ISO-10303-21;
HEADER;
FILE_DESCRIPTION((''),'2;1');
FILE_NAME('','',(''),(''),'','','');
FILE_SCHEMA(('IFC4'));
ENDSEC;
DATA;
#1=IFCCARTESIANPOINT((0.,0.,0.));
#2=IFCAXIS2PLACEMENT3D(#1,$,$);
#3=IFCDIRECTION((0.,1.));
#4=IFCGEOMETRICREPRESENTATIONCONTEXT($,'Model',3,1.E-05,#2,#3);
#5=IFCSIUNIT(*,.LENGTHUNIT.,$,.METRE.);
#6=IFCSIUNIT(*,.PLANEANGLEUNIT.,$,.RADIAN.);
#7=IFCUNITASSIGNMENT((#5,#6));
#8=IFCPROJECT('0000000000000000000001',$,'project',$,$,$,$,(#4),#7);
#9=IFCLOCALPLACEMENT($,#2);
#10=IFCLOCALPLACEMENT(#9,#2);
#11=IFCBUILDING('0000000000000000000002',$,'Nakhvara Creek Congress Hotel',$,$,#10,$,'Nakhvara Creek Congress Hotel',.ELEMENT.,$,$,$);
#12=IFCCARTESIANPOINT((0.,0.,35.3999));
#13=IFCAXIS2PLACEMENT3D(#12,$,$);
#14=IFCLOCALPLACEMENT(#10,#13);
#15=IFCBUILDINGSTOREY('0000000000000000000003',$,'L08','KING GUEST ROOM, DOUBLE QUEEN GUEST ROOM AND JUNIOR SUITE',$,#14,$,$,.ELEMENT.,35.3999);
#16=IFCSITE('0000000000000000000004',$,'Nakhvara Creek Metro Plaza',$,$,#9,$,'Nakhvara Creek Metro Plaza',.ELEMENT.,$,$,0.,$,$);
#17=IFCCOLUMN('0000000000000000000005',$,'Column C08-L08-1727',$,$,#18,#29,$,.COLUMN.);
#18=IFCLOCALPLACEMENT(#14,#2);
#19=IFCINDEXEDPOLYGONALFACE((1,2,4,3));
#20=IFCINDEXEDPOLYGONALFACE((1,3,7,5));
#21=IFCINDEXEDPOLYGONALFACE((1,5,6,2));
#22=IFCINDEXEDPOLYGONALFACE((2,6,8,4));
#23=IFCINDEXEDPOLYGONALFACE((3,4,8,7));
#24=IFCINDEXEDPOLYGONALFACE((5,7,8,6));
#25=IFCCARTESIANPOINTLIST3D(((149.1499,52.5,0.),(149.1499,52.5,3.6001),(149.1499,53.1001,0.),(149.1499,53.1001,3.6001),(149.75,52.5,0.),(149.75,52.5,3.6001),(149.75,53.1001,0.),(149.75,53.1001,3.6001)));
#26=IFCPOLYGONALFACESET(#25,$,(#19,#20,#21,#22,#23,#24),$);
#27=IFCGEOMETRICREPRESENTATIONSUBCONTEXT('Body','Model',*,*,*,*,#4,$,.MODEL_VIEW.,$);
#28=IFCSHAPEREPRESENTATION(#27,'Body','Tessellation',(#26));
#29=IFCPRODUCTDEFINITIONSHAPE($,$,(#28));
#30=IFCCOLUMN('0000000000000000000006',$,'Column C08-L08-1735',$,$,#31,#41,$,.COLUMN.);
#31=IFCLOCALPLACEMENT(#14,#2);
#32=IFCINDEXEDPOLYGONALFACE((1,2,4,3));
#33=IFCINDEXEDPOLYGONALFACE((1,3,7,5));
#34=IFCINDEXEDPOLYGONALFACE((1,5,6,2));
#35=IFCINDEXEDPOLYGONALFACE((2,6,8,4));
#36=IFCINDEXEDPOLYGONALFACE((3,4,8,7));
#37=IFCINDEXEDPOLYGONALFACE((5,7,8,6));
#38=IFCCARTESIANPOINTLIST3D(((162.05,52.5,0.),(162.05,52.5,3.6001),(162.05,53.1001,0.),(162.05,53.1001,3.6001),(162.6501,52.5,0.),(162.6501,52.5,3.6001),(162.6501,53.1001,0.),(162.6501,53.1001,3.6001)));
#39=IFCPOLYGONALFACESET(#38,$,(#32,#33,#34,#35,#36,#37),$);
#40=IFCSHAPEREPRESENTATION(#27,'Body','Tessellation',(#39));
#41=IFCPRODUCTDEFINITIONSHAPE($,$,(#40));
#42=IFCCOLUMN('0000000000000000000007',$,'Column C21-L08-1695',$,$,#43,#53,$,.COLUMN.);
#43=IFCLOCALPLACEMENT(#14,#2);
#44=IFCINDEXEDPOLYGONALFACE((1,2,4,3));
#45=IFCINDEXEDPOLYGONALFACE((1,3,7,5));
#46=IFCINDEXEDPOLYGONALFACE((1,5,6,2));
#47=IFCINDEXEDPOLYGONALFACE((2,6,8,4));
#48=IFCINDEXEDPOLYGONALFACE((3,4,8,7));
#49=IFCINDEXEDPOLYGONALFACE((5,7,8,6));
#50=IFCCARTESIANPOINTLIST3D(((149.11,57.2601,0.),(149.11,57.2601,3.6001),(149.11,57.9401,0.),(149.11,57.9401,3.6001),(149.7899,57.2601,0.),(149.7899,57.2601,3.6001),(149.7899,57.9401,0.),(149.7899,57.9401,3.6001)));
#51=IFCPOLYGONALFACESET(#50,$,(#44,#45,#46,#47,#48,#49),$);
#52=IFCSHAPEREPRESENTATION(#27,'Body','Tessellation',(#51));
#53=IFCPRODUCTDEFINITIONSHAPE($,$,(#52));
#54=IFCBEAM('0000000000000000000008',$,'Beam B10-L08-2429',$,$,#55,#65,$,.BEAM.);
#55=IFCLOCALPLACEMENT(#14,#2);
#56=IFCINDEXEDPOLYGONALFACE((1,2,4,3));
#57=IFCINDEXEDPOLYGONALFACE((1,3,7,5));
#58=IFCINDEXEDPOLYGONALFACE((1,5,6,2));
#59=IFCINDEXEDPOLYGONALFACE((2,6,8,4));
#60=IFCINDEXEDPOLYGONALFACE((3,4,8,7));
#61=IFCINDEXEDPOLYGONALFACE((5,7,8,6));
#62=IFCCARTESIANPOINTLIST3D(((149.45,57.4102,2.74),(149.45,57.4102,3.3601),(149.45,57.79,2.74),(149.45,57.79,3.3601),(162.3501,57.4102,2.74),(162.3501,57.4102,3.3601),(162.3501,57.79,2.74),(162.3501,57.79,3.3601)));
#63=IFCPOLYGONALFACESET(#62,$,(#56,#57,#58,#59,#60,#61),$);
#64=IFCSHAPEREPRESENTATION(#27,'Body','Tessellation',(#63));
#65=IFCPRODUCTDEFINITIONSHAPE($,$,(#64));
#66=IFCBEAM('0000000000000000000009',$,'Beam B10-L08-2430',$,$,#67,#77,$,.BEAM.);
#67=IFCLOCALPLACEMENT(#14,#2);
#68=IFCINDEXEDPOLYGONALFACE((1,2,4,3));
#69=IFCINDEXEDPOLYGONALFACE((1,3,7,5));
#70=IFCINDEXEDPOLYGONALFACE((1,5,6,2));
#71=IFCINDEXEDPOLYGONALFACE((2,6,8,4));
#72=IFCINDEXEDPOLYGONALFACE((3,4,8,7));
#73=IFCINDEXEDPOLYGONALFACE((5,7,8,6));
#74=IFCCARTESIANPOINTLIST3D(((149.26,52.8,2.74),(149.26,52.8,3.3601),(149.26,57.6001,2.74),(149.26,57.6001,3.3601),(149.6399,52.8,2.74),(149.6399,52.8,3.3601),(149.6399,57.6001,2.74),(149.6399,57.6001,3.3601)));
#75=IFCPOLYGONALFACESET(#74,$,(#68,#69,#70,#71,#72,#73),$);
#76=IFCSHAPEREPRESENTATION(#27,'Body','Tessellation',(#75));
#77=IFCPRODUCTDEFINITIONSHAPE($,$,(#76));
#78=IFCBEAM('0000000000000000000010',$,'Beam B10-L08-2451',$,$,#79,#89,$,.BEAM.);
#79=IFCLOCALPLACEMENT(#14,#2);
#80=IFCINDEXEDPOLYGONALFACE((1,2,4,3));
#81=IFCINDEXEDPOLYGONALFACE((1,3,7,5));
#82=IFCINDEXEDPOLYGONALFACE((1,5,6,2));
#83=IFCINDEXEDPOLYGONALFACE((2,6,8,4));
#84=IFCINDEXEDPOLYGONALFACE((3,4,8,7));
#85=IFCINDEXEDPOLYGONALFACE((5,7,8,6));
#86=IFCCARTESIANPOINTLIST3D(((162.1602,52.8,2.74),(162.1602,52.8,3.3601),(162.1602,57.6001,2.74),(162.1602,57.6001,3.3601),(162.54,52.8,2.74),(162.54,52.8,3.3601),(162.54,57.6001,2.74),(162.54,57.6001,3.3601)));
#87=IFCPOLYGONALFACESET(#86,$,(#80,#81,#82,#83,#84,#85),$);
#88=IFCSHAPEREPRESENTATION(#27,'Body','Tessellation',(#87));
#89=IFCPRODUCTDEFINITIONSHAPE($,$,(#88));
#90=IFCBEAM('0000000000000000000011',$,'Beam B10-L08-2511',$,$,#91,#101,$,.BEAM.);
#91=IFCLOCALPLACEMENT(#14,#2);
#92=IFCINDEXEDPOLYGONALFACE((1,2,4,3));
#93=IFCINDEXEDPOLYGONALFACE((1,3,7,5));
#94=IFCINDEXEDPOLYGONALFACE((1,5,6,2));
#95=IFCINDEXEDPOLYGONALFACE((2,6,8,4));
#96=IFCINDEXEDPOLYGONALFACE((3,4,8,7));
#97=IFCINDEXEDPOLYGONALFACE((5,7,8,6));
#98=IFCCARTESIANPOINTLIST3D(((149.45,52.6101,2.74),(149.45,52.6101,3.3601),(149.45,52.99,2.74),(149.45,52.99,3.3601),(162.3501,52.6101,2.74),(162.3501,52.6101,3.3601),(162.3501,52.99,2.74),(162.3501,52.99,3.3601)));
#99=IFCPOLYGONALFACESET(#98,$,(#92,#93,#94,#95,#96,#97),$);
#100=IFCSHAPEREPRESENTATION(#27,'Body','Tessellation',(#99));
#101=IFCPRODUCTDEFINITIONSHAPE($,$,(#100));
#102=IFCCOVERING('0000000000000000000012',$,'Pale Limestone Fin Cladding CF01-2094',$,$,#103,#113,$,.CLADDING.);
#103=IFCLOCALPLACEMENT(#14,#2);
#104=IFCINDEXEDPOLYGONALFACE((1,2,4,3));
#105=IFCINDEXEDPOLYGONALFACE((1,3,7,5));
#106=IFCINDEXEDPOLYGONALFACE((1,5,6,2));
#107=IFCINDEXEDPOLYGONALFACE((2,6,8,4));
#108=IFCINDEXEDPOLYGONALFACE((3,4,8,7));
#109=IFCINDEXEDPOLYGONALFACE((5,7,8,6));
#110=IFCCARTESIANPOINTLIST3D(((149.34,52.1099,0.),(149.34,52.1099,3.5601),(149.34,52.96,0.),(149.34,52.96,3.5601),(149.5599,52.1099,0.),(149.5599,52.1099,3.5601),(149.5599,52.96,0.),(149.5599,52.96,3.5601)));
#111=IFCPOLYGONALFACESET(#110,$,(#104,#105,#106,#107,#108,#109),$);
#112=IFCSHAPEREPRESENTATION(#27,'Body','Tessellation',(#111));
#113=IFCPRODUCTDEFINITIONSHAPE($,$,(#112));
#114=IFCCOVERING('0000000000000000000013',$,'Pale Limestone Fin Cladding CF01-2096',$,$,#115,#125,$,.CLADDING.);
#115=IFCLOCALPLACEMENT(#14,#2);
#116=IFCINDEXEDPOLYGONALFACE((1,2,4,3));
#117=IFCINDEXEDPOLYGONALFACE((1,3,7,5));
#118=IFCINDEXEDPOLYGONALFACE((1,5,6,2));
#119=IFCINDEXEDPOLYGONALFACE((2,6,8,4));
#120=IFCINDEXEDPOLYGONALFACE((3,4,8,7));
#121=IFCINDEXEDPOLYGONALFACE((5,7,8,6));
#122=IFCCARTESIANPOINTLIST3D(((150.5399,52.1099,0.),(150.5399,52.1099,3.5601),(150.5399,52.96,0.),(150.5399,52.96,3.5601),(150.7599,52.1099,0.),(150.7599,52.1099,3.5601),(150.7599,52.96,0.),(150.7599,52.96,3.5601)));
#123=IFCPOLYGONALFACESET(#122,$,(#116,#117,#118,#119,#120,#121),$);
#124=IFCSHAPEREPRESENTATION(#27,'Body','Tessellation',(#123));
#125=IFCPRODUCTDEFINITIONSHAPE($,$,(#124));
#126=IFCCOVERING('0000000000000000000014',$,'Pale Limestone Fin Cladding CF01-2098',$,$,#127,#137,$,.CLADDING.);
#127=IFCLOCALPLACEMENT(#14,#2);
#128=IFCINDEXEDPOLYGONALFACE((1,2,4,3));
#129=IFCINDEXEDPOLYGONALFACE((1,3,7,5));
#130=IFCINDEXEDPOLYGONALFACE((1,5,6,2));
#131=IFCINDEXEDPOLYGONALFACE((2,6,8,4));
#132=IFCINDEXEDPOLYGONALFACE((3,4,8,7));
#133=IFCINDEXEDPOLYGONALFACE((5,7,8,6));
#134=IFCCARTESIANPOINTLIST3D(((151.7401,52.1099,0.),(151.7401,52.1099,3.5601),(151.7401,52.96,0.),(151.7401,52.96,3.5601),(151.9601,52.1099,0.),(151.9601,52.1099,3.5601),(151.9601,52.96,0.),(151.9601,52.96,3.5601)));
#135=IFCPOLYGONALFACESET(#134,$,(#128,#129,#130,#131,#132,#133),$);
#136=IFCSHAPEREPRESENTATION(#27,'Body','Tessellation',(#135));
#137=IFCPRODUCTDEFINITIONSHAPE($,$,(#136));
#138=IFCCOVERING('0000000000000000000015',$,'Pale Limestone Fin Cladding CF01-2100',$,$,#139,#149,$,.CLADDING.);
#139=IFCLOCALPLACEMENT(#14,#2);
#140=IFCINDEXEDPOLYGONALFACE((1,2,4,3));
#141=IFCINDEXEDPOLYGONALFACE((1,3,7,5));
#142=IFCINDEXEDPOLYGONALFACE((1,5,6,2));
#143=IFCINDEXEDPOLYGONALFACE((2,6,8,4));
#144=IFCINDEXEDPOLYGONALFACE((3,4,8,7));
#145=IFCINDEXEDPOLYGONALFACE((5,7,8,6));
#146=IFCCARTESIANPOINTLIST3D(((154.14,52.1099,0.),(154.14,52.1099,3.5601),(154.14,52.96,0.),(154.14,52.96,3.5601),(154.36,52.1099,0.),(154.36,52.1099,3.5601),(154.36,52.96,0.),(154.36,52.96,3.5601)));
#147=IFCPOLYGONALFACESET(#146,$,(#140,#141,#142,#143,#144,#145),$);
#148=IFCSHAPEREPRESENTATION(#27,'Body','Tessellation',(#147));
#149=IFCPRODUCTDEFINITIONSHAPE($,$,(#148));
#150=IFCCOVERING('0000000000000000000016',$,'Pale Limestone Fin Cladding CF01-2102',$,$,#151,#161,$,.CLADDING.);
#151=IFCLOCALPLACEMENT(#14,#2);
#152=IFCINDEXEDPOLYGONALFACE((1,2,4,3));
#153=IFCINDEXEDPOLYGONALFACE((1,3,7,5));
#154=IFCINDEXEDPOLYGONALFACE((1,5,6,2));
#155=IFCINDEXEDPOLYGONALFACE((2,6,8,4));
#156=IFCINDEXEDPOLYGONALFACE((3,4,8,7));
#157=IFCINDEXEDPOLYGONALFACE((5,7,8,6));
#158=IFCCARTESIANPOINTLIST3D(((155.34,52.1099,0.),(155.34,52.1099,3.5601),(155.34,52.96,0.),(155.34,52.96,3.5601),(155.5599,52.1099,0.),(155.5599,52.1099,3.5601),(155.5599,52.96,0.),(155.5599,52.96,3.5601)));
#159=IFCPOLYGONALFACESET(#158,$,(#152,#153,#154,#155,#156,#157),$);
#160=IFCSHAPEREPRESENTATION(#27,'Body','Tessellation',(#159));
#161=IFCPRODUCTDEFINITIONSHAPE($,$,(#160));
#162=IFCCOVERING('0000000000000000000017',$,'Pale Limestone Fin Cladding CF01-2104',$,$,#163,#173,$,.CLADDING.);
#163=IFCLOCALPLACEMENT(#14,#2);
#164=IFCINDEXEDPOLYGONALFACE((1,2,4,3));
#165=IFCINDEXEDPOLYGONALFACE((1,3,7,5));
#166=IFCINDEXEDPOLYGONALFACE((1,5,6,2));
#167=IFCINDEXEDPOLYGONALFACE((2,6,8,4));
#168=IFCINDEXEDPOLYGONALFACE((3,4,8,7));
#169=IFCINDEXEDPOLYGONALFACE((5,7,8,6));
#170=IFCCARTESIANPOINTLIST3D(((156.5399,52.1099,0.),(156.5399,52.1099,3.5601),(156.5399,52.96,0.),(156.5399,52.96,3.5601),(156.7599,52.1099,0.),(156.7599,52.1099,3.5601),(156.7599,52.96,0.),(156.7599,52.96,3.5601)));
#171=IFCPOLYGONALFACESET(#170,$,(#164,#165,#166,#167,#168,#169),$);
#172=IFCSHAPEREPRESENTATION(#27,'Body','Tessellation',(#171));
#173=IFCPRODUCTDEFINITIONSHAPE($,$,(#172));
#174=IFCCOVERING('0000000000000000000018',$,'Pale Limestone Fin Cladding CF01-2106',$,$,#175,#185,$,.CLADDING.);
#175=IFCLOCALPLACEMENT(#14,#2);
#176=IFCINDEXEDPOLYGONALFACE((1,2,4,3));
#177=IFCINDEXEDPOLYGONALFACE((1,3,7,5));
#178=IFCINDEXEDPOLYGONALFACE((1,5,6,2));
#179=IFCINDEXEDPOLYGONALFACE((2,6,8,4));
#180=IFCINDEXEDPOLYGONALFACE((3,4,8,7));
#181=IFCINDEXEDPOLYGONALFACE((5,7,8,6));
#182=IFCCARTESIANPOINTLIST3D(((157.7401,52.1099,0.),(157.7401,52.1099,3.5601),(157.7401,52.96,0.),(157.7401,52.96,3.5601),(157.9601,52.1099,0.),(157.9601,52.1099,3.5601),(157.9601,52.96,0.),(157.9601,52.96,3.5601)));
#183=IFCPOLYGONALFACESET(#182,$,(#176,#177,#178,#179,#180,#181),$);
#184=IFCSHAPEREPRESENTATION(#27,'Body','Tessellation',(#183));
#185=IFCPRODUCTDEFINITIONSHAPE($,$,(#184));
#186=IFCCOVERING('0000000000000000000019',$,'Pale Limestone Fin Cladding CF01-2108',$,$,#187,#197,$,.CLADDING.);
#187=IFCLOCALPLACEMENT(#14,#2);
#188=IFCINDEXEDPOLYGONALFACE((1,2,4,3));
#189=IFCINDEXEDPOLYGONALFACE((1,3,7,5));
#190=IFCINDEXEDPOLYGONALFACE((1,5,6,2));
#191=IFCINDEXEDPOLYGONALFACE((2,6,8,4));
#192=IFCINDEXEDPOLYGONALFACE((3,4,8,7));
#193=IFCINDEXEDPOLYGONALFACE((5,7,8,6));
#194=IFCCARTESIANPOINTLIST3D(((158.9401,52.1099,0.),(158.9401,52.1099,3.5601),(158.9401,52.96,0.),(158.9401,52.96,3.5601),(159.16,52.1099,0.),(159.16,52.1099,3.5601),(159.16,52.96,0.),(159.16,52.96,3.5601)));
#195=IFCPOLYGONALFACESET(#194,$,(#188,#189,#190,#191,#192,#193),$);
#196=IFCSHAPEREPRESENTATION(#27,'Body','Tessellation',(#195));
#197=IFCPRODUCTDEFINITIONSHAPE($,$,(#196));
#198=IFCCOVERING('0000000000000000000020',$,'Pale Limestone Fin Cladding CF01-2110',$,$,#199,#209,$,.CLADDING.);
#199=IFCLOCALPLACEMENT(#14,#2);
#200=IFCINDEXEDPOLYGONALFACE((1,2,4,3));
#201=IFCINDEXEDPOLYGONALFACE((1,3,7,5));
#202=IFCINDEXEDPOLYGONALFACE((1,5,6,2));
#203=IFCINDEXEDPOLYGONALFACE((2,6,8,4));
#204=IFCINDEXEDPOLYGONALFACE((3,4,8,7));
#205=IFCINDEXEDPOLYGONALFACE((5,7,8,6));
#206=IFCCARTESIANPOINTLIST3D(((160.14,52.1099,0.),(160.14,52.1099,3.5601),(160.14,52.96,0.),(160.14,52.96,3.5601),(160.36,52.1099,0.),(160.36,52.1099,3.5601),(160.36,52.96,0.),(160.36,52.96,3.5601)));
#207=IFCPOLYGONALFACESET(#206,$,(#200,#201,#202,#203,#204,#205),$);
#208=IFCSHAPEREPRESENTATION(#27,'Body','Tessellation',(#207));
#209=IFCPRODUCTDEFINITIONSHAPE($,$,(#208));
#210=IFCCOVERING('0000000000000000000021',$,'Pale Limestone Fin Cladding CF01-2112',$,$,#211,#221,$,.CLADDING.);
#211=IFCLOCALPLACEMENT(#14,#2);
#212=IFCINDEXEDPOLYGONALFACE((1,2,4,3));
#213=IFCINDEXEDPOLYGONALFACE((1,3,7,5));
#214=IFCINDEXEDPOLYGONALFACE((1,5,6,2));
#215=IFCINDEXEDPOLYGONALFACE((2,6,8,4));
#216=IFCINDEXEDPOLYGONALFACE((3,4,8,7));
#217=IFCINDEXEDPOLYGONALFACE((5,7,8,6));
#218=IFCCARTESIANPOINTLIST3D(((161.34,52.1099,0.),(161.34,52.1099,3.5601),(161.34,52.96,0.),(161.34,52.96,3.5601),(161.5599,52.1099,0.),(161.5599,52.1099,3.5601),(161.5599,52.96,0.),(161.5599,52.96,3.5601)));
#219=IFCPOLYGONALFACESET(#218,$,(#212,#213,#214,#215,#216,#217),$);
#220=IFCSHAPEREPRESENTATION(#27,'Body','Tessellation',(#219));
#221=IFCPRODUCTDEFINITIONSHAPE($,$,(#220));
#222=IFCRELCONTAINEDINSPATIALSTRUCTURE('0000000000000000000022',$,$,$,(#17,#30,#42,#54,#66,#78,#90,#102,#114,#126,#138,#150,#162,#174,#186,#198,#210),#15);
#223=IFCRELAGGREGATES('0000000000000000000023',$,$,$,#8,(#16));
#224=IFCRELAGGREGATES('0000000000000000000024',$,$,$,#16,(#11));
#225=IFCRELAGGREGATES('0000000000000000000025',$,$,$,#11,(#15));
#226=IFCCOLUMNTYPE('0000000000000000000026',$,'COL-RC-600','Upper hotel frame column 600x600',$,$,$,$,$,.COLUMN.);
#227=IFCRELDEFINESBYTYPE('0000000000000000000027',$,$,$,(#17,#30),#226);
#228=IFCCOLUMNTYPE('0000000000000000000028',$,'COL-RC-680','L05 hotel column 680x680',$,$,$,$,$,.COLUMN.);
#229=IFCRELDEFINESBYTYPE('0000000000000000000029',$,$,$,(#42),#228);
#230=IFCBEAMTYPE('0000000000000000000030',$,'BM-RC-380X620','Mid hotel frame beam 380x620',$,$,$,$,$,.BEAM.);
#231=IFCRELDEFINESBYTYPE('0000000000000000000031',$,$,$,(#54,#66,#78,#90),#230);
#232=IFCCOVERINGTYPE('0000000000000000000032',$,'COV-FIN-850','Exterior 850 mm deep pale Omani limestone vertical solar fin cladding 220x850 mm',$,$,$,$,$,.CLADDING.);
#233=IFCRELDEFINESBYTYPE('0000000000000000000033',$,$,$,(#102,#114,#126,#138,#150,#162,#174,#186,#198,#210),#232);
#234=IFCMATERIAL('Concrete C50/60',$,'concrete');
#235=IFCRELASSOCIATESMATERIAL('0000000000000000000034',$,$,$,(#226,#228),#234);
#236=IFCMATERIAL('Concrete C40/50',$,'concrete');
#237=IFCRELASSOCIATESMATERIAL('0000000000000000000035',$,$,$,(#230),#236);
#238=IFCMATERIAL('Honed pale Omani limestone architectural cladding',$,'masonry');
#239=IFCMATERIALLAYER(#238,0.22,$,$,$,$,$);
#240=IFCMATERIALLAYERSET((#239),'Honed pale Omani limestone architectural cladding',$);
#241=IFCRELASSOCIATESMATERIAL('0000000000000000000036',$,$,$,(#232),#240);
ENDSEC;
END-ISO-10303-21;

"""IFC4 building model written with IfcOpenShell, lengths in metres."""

from ifc_helpers import new_model, si_unit, direction, frame, origin, origin_2d, place, context, subcontext, project, spatial, rectangle, extrude, material, layer, layer_set, material_profile, profile_set, type_object, element, save


model = new_model("IFC4")

# Units and contexts
model_context = context("Model", 3, precision=1e-05, world=origin(), true_north=direction((0.0, 1.0)))
body_context = subcontext(model_context, "Body", "Model", "MODEL_VIEW")
ifc_project = project(units=[si_unit("LENGTHUNIT", "METRE"), si_unit("PLANEANGLEUNIT", "RADIAN")], contexts=[model_context])

# Site, building, storey
site_placement = place(None, origin())
site = spatial("IfcSite", under=ifc_project, at=site_placement, Name="Nakhvara Creek Metro Plaza", LongName="Nakhvara Creek Metro Plaza", CompositionType="ELEMENT", RefElevation=0.0)
building_placement = place(site_placement, origin())
building = spatial("IfcBuilding", under=site, at=building_placement, Name="Nakhvara Creek Congress Hotel", LongName="Nakhvara Creek Congress Hotel", CompositionType="ELEMENT")
storey_placement = place(building_placement, frame((0.0, 0.0, 35.3999)))
storey = spatial("IfcBuildingStorey", under=building, at=storey_placement, Name="L08", Description="KING GUEST ROOM, DOUBLE QUEEN GUEST ROOM AND JUNIOR SUITE", CompositionType="ELEMENT", Elevation=35.3999)

# Columns
ifc_material_1 = material(Name="Concrete C50/60", Category="concrete")
ifc_material_profile_1 = material_profile(ifc_material_1, rectangle(XDim=0.6001, YDim=0.6001, at=origin_2d()), Name="RC-COL 600x600", Category="LoadBearing")
ifc_profile_set_1 = profile_set([ifc_material_profile_1], Name="Concrete C50/60")
column_type_1 = type_object("IfcColumnType", Name="COL-RC-600", Description="Upper hotel frame column 600x600", PredefinedType="COLUMN", material=ifc_profile_set_1)
for number, where, z_axis, x_axis, name in (
    (1, (149.45, 52.8, 0.0), (0.0, 0.0, 1.0), (1.0, 0.0, 0.0), "Column C08-L08-1727"),
    (2, (162.3501, 52.8, 0.0), (0.0, 0.0, 1.0), (1.0, 0.0, 0.0), "Column C08-L08-1735"),
):
    element("IfcColumn", number, at=place(storey_placement, frame(where, z_axis=z_axis, x_axis=x_axis)), inside=storey, type_object=column_type_1, Name=name, PredefinedType="COLUMN", context=body_context, shape_type="SweptSolid", body=[
        extrude(rectangle(XDim=0.6001, YDim=0.6001, at=origin_2d()), origin(), (0.0, 0.0, 1.0), 3.6001),
    ])
ifc_material_profile_2 = material_profile(ifc_material_1, rectangle(XDim=0.6799, YDim=0.6799, at=origin_2d()), Name="RC-COL 680x680", Category="LoadBearing")
ifc_profile_set_2 = profile_set([ifc_material_profile_2], Name="Concrete C50/60")
column_type_2 = type_object("IfcColumnType", Name="COL-RC-680", Description="L05 hotel column 680x680", PredefinedType="COLUMN", material=ifc_profile_set_2)
column_placement = place(storey_placement, frame((149.45, 57.6001, 0.0), z_axis=(0.0, 0.0, 1.0), x_axis=(1.0, 0.0, 0.0)))
element("IfcColumn", 3, at=column_placement, inside=storey, type_object=column_type_2, Name="Column C21-L08-1695", PredefinedType="COLUMN", context=body_context, shape_type="SweptSolid", body=[
    extrude(rectangle(XDim=0.6799, YDim=0.6799, at=origin_2d()), origin(), (0.0, 0.0, 1.0), 3.6001),
])

# Beams
ifc_material_2 = material(Name="Concrete C40/50", Category="concrete")
ifc_material_profile_3 = material_profile(ifc_material_2, rectangle(XDim=0.3799, YDim=0.6201, at=origin_2d()), Name="RC-BM 380x620", Category="LoadBearing")
ifc_profile_set_3 = profile_set([ifc_material_profile_3], Name="Concrete C40/50")
beam_type = type_object("IfcBeamType", Name="BM-RC-380X620", Description="Mid hotel frame beam 380x620", PredefinedType="BEAM", material=ifc_profile_set_3)
beam_1_placement = place(storey_placement, frame((149.45, 57.6001, 3.05), z_axis=(1.0, 0.0, 0.0), x_axis=(0.0, 1.0, 0.0)))
element("IfcBeam", 4, at=beam_1_placement, inside=storey, type_object=beam_type, Name="Beam B10-L08-2429", PredefinedType="BEAM", context=body_context, shape_type="SweptSolid", body=[
    extrude(rectangle(XDim=0.3799, YDim=0.6201, at=origin_2d()), origin(), (0.0, 0.0, 1.0), 12.9001),
])
for number, where, z_axis, x_axis, name in (
    (5, (149.45, 52.8, 3.05), (0.0, 1.0, 0.0), (-1.0, 0.0, 0.0), "Beam B10-L08-2430"),
    (6, (162.3501, 52.8, 3.05), (0.0, 1.0, 0.0), (-1.0, 0.0, 0.0), "Beam B10-L08-2451"),
):
    element("IfcBeam", number, at=place(storey_placement, frame(where, z_axis=z_axis, x_axis=x_axis)), inside=storey, type_object=beam_type, Name=name, PredefinedType="BEAM", context=body_context, shape_type="SweptSolid", body=[
        extrude(rectangle(XDim=0.3799, YDim=0.6201, at=origin_2d()), origin(), (0.0, 0.0, 1.0), 4.8),
    ])
beam_2_placement = place(storey_placement, frame((149.45, 52.8, 3.05), z_axis=(1.0, 0.0, 0.0), x_axis=(0.0, 1.0, 0.0)))
element("IfcBeam", 7, at=beam_2_placement, inside=storey, type_object=beam_type, Name="Beam B10-L08-2511", PredefinedType="BEAM", context=body_context, shape_type="SweptSolid", body=[
    extrude(rectangle(XDim=0.3799, YDim=0.6201, at=origin_2d()), origin(), (0.0, 0.0, 1.0), 12.9001),
])

# Coverings
ifc_material_3 = material(Name="Honed pale Omani limestone architectural cladding", Category="masonry")
ifc_layer = layer(ifc_material_3, 0.22)
ifc_layer_set = layer_set([ifc_layer], Name="Honed pale Omani limestone architectural cladding")
covering_type = type_object("IfcCoveringType", Name="COV-FIN-850", Description="Exterior 850 mm deep pale Omani limestone vertical solar fin cladding 220x850 mm", PredefinedType="CLADDING", material=ifc_layer_set)
for number, where, z_axis, x_axis, name in (
    (8, (149.45, 52.5349, 0.0), (0.0, 0.0, 1.0), (1.0, 0.0, 0.0), "Pale Limestone Fin Cladding CF01-2094"),
    (9, (150.6499, 52.5349, 0.0), (0.0, 0.0, 1.0), (1.0, 0.0, 0.0), "Pale Limestone Fin Cladding CF01-2096"),
    (10, (151.8501, 52.5349, 0.0), (0.0, 0.0, 1.0), (1.0, 0.0, 0.0), "Pale Limestone Fin Cladding CF01-2098"),
    (11, (154.25, 52.5349, 0.0), (0.0, 0.0, 1.0), (1.0, 0.0, 0.0), "Pale Limestone Fin Cladding CF01-2100"),
    (12, (155.45, 52.5349, 0.0), (0.0, 0.0, 1.0), (1.0, 0.0, 0.0), "Pale Limestone Fin Cladding CF01-2102"),
    (13, (156.6499, 52.5349, 0.0), (0.0, 0.0, 1.0), (1.0, 0.0, 0.0), "Pale Limestone Fin Cladding CF01-2104"),
    (14, (157.8501, 52.5349, 0.0), (0.0, 0.0, 1.0), (1.0, 0.0, 0.0), "Pale Limestone Fin Cladding CF01-2106"),
    (15, (159.05, 52.5349, 0.0), (0.0, 0.0, 1.0), (1.0, 0.0, 0.0), "Pale Limestone Fin Cladding CF01-2108"),
    (16, (160.25, 52.5349, 0.0), (0.0, 0.0, 1.0), (1.0, 0.0, 0.0), "Pale Limestone Fin Cladding CF01-2110"),
    (17, (161.45, 52.5349, 0.0), (0.0, 0.0, 1.0), (1.0, 0.0, 0.0), "Pale Limestone Fin Cladding CF01-2112"),
):
    element("IfcCovering", number, at=place(storey_placement, frame(where, z_axis=z_axis, x_axis=x_axis)), inside=storey, type_object=covering_type, Name=name, PredefinedType="CLADDING", context=body_context, shape_type="SweptSolid", body=[
        extrude(rectangle(XDim=0.22, YDim=0.8501, at=origin_2d()), origin(), (0.0, 0.0, 1.0), 3.5601),
    ])

save(model, "model.ifc")
